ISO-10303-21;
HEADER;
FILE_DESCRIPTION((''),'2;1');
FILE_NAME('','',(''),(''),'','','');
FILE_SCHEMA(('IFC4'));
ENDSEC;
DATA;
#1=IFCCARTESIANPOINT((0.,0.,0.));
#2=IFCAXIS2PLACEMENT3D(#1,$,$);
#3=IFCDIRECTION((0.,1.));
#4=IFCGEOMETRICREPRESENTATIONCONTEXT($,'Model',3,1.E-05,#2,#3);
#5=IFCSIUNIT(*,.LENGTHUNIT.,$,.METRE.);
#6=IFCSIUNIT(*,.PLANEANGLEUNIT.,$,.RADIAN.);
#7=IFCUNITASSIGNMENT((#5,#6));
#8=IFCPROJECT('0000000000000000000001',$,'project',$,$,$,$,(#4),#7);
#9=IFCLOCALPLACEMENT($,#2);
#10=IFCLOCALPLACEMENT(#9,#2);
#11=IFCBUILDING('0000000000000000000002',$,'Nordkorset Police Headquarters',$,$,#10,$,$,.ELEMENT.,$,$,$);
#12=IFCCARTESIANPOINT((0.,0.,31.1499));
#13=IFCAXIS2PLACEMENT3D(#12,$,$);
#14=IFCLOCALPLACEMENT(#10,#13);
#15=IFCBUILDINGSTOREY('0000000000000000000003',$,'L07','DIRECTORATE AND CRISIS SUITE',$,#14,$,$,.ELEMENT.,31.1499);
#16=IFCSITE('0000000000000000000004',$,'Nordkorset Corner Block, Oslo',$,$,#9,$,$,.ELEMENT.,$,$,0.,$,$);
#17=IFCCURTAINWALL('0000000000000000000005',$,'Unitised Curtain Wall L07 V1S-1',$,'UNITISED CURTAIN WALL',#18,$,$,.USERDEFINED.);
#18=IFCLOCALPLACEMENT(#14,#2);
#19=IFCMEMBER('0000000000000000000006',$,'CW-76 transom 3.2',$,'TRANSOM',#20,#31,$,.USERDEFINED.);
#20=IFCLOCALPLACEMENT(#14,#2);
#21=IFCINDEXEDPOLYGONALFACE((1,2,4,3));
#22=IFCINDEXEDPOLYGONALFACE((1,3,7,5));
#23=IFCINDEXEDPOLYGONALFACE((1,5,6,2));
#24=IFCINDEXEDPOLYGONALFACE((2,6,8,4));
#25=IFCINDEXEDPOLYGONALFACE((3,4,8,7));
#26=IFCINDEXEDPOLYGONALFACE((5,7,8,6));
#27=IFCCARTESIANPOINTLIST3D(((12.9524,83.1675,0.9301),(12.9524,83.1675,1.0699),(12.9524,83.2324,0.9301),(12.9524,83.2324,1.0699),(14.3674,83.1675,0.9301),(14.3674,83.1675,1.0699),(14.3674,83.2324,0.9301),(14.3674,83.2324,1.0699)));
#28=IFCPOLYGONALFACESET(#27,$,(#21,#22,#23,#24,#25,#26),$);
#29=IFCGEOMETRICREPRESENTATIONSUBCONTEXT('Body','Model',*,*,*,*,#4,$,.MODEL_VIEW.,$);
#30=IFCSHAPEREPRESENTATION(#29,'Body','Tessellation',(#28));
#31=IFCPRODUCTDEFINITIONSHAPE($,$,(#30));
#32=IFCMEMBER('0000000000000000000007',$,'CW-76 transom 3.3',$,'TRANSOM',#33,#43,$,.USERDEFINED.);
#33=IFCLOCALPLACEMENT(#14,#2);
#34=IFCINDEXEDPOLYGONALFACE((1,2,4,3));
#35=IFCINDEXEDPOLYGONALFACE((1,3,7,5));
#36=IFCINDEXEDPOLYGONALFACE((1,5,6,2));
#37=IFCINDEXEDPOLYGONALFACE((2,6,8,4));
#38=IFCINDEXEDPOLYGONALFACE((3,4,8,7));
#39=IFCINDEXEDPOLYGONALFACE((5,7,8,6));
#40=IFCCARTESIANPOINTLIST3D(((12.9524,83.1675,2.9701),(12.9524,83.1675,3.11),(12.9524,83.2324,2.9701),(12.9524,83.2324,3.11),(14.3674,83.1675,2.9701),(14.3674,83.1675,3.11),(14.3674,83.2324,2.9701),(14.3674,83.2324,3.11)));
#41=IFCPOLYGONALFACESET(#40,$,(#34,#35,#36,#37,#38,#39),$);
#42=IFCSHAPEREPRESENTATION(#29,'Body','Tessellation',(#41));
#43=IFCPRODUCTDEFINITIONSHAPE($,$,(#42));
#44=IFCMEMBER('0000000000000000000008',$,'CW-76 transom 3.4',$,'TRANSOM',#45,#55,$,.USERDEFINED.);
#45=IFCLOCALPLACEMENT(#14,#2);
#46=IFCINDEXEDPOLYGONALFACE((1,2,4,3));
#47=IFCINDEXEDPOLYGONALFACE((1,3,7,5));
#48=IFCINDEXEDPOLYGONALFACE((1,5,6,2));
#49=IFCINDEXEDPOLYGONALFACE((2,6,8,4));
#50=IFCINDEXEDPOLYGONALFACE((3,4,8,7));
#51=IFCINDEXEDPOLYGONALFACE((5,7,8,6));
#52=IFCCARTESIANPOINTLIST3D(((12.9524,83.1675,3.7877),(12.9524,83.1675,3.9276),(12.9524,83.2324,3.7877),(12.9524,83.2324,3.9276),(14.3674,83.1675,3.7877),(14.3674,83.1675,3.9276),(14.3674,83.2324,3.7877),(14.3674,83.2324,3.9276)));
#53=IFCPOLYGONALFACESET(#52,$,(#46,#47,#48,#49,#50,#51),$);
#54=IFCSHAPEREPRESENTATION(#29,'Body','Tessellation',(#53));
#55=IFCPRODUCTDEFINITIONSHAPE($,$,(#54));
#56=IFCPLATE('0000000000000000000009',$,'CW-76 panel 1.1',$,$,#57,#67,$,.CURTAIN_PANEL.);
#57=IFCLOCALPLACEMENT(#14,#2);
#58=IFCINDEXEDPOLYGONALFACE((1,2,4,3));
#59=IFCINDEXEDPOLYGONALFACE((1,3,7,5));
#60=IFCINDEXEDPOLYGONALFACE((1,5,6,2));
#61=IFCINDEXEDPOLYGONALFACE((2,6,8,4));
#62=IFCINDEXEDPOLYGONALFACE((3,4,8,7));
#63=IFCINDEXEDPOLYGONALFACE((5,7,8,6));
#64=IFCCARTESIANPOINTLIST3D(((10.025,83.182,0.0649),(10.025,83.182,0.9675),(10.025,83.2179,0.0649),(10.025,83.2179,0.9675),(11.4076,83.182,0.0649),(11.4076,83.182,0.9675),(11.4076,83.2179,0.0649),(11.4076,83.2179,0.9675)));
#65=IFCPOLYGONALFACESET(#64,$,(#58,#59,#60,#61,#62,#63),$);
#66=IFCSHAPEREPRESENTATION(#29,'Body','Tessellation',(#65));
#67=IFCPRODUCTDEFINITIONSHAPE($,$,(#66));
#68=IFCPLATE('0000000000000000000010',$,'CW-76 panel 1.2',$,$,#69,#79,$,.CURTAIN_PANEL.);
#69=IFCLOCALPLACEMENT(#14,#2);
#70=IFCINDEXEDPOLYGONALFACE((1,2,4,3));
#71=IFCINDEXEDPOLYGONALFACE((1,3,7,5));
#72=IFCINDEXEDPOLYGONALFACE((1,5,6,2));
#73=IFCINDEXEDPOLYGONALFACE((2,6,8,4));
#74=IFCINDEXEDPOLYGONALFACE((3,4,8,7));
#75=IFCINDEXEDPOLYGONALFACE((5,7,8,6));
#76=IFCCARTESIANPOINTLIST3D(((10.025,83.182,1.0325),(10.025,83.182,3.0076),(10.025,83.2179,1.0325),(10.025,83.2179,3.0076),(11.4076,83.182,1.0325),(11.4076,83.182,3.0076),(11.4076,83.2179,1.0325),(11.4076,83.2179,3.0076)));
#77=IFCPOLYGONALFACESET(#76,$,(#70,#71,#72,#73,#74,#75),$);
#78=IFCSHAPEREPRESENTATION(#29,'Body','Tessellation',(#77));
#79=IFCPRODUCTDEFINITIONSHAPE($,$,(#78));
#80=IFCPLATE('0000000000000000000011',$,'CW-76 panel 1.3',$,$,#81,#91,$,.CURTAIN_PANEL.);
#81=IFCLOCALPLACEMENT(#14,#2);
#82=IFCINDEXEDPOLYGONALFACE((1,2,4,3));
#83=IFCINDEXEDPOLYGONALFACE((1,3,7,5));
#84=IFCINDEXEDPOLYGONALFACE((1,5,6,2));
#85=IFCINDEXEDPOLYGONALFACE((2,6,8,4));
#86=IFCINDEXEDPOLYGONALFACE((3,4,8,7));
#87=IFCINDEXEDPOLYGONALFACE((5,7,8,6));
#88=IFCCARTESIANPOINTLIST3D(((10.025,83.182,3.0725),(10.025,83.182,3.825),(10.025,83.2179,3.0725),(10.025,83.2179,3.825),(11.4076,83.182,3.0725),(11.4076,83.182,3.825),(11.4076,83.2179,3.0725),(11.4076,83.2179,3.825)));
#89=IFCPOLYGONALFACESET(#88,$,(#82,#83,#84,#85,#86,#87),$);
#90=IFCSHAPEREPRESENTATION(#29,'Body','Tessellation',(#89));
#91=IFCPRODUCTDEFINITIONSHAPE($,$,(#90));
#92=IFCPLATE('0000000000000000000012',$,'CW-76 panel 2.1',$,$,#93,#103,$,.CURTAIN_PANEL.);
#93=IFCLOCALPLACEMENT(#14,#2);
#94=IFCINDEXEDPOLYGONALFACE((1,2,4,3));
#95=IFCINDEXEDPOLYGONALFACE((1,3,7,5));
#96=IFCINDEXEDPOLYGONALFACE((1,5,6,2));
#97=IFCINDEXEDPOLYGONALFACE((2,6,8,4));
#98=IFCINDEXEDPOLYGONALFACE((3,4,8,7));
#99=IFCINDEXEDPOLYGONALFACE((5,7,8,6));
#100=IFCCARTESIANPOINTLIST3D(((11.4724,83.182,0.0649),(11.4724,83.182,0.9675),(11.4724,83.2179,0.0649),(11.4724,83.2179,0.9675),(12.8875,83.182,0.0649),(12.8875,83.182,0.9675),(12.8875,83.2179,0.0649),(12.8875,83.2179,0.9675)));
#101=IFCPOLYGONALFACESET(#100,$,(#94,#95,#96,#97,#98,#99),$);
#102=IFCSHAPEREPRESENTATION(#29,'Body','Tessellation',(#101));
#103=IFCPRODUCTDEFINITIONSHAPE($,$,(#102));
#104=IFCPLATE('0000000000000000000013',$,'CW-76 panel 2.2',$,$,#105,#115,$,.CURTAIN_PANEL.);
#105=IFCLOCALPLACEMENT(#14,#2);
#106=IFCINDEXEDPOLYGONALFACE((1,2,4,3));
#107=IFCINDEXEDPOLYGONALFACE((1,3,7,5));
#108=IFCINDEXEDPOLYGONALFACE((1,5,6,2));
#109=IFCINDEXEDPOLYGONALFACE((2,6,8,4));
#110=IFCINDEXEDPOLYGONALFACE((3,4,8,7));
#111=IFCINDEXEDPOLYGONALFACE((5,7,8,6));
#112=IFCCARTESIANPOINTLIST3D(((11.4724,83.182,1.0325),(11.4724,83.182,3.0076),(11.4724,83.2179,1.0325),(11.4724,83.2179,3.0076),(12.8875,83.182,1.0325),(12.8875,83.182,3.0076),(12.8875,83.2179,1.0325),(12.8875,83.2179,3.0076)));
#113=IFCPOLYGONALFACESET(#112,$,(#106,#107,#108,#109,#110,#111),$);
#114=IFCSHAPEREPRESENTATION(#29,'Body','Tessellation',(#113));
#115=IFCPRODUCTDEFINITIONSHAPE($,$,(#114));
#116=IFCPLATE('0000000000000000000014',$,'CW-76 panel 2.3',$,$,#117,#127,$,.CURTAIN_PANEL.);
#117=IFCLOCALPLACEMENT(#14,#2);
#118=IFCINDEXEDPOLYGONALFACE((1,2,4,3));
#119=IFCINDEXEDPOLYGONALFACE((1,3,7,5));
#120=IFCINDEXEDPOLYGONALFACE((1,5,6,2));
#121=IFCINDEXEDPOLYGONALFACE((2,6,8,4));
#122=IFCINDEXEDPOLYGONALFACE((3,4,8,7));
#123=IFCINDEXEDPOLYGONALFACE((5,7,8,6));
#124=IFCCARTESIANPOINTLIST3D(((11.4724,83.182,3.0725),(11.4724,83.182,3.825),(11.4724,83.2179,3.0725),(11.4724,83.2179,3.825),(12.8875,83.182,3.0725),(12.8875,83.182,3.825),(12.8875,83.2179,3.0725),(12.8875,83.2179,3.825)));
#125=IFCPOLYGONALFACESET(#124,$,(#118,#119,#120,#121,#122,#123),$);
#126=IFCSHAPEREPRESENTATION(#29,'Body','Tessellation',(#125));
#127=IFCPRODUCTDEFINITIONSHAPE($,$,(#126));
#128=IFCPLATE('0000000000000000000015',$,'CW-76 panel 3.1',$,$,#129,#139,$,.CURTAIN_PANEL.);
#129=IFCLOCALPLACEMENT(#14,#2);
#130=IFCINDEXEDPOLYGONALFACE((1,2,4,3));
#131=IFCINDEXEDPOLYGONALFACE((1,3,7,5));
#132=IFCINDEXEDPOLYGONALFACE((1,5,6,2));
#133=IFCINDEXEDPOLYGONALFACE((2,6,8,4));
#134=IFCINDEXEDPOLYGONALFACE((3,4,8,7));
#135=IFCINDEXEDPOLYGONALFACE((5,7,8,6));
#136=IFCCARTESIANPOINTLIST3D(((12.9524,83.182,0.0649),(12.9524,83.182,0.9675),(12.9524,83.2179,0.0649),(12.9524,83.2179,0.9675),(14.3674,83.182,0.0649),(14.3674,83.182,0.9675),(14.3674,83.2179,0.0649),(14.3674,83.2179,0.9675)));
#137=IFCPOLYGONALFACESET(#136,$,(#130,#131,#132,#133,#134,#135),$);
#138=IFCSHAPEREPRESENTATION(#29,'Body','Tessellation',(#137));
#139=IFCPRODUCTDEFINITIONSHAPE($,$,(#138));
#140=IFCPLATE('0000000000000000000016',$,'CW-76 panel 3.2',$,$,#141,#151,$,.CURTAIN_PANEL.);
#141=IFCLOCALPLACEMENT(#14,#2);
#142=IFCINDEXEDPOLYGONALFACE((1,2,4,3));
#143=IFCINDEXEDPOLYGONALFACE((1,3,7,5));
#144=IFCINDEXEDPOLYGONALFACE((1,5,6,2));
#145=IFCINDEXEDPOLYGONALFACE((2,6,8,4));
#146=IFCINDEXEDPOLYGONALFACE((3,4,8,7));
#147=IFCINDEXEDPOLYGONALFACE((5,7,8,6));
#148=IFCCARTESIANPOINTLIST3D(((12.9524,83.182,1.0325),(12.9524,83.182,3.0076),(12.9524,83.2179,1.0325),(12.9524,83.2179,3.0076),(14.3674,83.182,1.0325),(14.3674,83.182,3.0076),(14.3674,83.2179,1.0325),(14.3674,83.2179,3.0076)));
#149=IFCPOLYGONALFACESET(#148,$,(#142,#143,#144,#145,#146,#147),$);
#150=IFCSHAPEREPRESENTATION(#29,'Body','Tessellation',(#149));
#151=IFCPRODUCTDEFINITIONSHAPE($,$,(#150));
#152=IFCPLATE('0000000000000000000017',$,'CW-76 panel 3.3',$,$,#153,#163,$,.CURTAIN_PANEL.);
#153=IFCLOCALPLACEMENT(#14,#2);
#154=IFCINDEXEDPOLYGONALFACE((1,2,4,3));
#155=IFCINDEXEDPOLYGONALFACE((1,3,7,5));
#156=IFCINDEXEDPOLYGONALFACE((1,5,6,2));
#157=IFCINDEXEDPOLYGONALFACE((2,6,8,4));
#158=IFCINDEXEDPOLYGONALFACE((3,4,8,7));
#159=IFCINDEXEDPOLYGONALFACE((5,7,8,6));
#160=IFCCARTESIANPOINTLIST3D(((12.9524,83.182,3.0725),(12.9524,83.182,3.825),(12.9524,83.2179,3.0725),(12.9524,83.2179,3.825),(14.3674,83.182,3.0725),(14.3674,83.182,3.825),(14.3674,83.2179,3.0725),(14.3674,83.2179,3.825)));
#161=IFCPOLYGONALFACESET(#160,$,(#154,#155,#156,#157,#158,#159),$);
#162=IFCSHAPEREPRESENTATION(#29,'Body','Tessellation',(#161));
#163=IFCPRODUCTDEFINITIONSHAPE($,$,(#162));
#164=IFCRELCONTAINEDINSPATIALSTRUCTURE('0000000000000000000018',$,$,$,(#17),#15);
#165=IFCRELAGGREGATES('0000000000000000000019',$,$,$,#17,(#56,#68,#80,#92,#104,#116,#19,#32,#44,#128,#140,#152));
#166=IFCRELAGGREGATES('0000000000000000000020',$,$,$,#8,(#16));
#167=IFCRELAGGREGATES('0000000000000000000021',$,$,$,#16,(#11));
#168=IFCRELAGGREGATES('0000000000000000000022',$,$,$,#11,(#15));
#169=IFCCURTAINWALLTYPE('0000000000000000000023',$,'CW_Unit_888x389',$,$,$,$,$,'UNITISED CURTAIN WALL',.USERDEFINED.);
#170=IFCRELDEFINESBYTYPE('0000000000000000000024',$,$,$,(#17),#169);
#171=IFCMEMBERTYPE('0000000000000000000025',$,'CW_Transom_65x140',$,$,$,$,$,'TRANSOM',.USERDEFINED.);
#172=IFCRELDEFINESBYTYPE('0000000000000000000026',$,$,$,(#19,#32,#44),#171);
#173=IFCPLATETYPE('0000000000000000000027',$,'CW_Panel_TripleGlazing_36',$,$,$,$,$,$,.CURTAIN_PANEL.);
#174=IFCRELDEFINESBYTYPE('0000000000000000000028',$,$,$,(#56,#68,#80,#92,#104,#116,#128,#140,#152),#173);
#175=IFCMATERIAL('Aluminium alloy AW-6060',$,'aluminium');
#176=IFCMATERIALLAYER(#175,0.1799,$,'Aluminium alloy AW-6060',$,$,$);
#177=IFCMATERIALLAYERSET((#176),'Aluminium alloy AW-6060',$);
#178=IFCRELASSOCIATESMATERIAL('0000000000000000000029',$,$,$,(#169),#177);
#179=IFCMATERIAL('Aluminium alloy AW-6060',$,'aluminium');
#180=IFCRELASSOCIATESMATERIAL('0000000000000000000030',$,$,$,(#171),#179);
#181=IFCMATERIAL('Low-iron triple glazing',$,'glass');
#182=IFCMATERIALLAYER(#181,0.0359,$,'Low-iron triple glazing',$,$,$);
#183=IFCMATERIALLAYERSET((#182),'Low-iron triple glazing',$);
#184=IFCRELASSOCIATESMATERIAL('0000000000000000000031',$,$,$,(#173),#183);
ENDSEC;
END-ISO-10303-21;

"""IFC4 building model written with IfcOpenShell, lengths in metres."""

from ifc_helpers import new_model, si_unit, direction, frame, origin, origin_2d, place, context, subcontext, project, spatial, rectangle, extrude, material, layer, layer_set, material_profile, profile_set, type_object, element, aggregate, save


model = new_model("IFC4")

# Units and contexts
model_context = context("Model", 3, precision=1e-05, world=origin(), true_north=direction((0.0, 1.0)))
body_context = subcontext(model_context, "Body", "Model", "MODEL_VIEW")
ifc_project = project(units=[si_unit("LENGTHUNIT", "METRE"), si_unit("PLANEANGLEUNIT", "RADIAN")], contexts=[model_context])

# Site, building, storey
site_placement = place(None, origin())
site = spatial("IfcSite", under=ifc_project, at=site_placement, Name="Nordkorset Corner Block, Oslo", CompositionType="ELEMENT", RefElevation=0.0)
building_placement = place(site_placement, origin())
building = spatial("IfcBuilding", under=site, at=building_placement, Name="Nordkorset Police Headquarters", CompositionType="ELEMENT")
storey_placement = place(building_placement, frame((0.0, 0.0, 31.1499)))
storey = spatial("IfcBuildingStorey", under=building, at=storey_placement, Name="L07", Description="DIRECTORATE AND CRISIS SUITE", CompositionType="ELEMENT", Elevation=31.1499)

# Curtain wall, members, plates
ifc_material_1 = material(Name="Aluminium alloy AW-6060", Category="aluminium")
ifc_layer_1 = layer(ifc_material_1, 0.1799, Name="Aluminium alloy AW-6060")
ifc_layer_set_1 = layer_set([ifc_layer_1], Name="Aluminium alloy AW-6060")
curtain_wall_type = type_object("IfcCurtainWallType", Name="CW_Unit_888x389", ElementType="UNITISED CURTAIN WALL", PredefinedType="USERDEFINED", material=ifc_layer_set_1)
curtain_wall_placement = place(storey_placement, origin())
curtain_wall = element("IfcCurtainWall", 1, at=curtain_wall_placement, inside=storey, type_object=curtain_wall_type, Name="Unitised Curtain Wall L07 V1S-1", ObjectType="UNITISED CURTAIN WALL", PredefinedType="USERDEFINED")
ifc_material_2 = material(Name="Aluminium alloy AW-6060", Category="aluminium")
ifc_material_profile_1 = material_profile(ifc_material_2, rectangle(XDim=0.0649, YDim=0.1399, at=origin_2d()), Name="ALU TRAN 65x140")
ifc_profile_set_1 = profile_set([ifc_material_profile_1], Name="Aluminium alloy AW-6060")
member_type_1 = type_object("IfcMemberType", Name="CW_Transom_65x140", ElementType="TRANSOM", PredefinedType="USERDEFINED", material=ifc_profile_set_1)
member_1_placement = place(storey_placement, frame((12.9524, 83.2, 1.0), z_axis=(1.0, 0.0, 0.0), x_axis=(0.0, 1.0, 0.0)))
member_1 = element("IfcMember", 2, at=member_1_placement, type_object=member_type_1, Name="CW-76 transom 3.2", ObjectType="TRANSOM", PredefinedType="USERDEFINED", context=body_context, shape_type="SweptSolid", body=[
    extrude(rectangle(XDim=0.0649, YDim=0.1399, at=origin_2d()), origin(), (0.0, 0.0, 1.0), 1.415),
])
member_2_placement = place(storey_placement, frame((12.9524, 83.2, 3.04), z_axis=(1.0, 0.0, 0.0), x_axis=(0.0, 1.0, 0.0)))
member_2 = element("IfcMember", 3, at=member_2_placement, type_object=member_type_1, Name="CW-76 transom 3.3", ObjectType="TRANSOM", PredefinedType="USERDEFINED", context=body_context, shape_type="SweptSolid", body=[
    extrude(rectangle(XDim=0.0649, YDim=0.1399, at=origin_2d()), origin(), (0.0, 0.0, 1.0), 1.415),
])
member_3_placement = place(storey_placement, frame((12.9524, 83.2, 3.8577), z_axis=(1.0, 0.0, 0.0), x_axis=(0.0, 1.0, 0.0)))
member_3 = element("IfcMember", 4, at=member_3_placement, type_object=member_type_1, Name="CW-76 transom 3.4", ObjectType="TRANSOM", PredefinedType="USERDEFINED", context=body_context, shape_type="SweptSolid", body=[
    extrude(rectangle(XDim=0.0649, YDim=0.1399, at=origin_2d()), origin(), (0.0, 0.0, 1.0), 1.415),
])
ifc_material_3 = material(Name="Low-iron triple glazing", Category="glass")
ifc_layer_2 = layer(ifc_material_3, 0.0359, Name="Low-iron triple glazing")
ifc_layer_set_2 = layer_set([ifc_layer_2], Name="Low-iron triple glazing")
plate_type = type_object("IfcPlateType", Name="CW_Panel_TripleGlazing_36", PredefinedType="CURTAIN_PANEL", material=ifc_layer_set_2)
plate_1_placement = place(storey_placement, frame((10.7163, 83.2, 0.0649), z_axis=(0.0, 0.0, 1.0), x_axis=(1.0, 0.0, 0.0)))
plate_1 = element("IfcPlate", 5, at=plate_1_placement, type_object=plate_type, Name="CW-76 panel 1.1", PredefinedType="CURTAIN_PANEL", context=body_context, shape_type="SweptSolid", body=[
    extrude(rectangle(XDim=1.3826, YDim=0.0359, at=origin_2d()), origin(), (0.0, 0.0, 1.0), 0.9026),
])
plate_2_placement = place(storey_placement, frame((10.7163, 83.2, 1.0325), z_axis=(0.0, 0.0, 1.0), x_axis=(1.0, 0.0, 0.0)))
plate_2 = element("IfcPlate", 6, at=plate_2_placement, type_object=plate_type, Name="CW-76 panel 1.2", PredefinedType="CURTAIN_PANEL", context=body_context, shape_type="SweptSolid", body=[
    extrude(rectangle(XDim=1.3826, YDim=0.0359, at=origin_2d()), origin(), (0.0, 0.0, 1.0), 1.9751),
])
plate_3_placement = place(storey_placement, frame((10.7163, 83.2, 3.0725), z_axis=(0.0, 0.0, 1.0), x_axis=(1.0, 0.0, 0.0)))
plate_3 = element("IfcPlate", 7, at=plate_3_placement, type_object=plate_type, Name="CW-76 panel 1.3", PredefinedType="CURTAIN_PANEL", context=body_context, shape_type="SweptSolid", body=[
    extrude(rectangle(XDim=1.3826, YDim=0.0359, at=origin_2d()), origin(), (0.0, 0.0, 1.0), 0.7524),
])
plate_4_placement = place(storey_placement, frame((12.1799, 83.2, 0.0649), z_axis=(0.0, 0.0, 1.0), x_axis=(1.0, 0.0, 0.0)))
plate_4 = element("IfcPlate", 8, at=plate_4_placement, type_object=plate_type, Name="CW-76 panel 2.1", PredefinedType="CURTAIN_PANEL", context=body_context, shape_type="SweptSolid", body=[
    extrude(rectangle(XDim=1.415, YDim=0.0359, at=origin_2d()), origin(), (0.0, 0.0, 1.0), 0.9026),
])
plate_5_placement = place(storey_placement, frame((12.1799, 83.2, 1.0325), z_axis=(0.0, 0.0, 1.0), x_axis=(1.0, 0.0, 0.0)))
plate_5 = element("IfcPlate", 9, at=plate_5_placement, type_object=plate_type, Name="CW-76 panel 2.2", PredefinedType="CURTAIN_PANEL", context=body_context, shape_type="SweptSolid", body=[
    extrude(rectangle(XDim=1.415, YDim=0.0359, at=origin_2d()), origin(), (0.0, 0.0, 1.0), 1.9751),
])
plate_6_placement = place(storey_placement, frame((12.1799, 83.2, 3.0725), z_axis=(0.0, 0.0, 1.0), x_axis=(1.0, 0.0, 0.0)))
plate_6 = element("IfcPlate", 10, at=plate_6_placement, type_object=plate_type, Name="CW-76 panel 2.3", PredefinedType="CURTAIN_PANEL", context=body_context, shape_type="SweptSolid", body=[
    extrude(rectangle(XDim=1.415, YDim=0.0359, at=origin_2d()), origin(), (0.0, 0.0, 1.0), 0.7524),
])
plate_7_placement = place(storey_placement, frame((13.6599, 83.2, 0.0649), z_axis=(0.0, 0.0, 1.0), x_axis=(1.0, 0.0, 0.0)))
plate_7 = element("IfcPlate", 11, at=plate_7_placement, type_object=plate_type, Name="CW-76 panel 3.1", PredefinedType="CURTAIN_PANEL", context=body_context, shape_type="SweptSolid", body=[
    extrude(rectangle(XDim=1.415, YDim=0.0359, at=origin_2d()), origin(), (0.0, 0.0, 1.0), 0.9026),
])
plate_8_placement = place(storey_placement, frame((13.6599, 83.2, 1.0325), z_axis=(0.0, 0.0, 1.0), x_axis=(1.0, 0.0, 0.0)))
plate_8 = element("IfcPlate", 12, at=plate_8_placement, type_object=plate_type, Name="CW-76 panel 3.2", PredefinedType="CURTAIN_PANEL", context=body_context, shape_type="SweptSolid", body=[
    extrude(rectangle(XDim=1.415, YDim=0.0359, at=origin_2d()), origin(), (0.0, 0.0, 1.0), 1.9751),
])
plate_9_placement = place(storey_placement, frame((13.6599, 83.2, 3.0725), z_axis=(0.0, 0.0, 1.0), x_axis=(1.0, 0.0, 0.0)))
plate_9 = element("IfcPlate", 13, at=plate_9_placement, type_object=plate_type, Name="CW-76 panel 3.3", PredefinedType="CURTAIN_PANEL", context=body_context, shape_type="SweptSolid", body=[
    extrude(rectangle(XDim=1.415, YDim=0.0359, at=origin_2d()), origin(), (0.0, 0.0, 1.0), 0.7524),
])
aggregate(curtain_wall, [plate_1, plate_2, plate_3, plate_4, plate_5, plate_6, member_1, member_2, member_3, plate_7, plate_8, plate_9])

save(model, "model.ifc")
